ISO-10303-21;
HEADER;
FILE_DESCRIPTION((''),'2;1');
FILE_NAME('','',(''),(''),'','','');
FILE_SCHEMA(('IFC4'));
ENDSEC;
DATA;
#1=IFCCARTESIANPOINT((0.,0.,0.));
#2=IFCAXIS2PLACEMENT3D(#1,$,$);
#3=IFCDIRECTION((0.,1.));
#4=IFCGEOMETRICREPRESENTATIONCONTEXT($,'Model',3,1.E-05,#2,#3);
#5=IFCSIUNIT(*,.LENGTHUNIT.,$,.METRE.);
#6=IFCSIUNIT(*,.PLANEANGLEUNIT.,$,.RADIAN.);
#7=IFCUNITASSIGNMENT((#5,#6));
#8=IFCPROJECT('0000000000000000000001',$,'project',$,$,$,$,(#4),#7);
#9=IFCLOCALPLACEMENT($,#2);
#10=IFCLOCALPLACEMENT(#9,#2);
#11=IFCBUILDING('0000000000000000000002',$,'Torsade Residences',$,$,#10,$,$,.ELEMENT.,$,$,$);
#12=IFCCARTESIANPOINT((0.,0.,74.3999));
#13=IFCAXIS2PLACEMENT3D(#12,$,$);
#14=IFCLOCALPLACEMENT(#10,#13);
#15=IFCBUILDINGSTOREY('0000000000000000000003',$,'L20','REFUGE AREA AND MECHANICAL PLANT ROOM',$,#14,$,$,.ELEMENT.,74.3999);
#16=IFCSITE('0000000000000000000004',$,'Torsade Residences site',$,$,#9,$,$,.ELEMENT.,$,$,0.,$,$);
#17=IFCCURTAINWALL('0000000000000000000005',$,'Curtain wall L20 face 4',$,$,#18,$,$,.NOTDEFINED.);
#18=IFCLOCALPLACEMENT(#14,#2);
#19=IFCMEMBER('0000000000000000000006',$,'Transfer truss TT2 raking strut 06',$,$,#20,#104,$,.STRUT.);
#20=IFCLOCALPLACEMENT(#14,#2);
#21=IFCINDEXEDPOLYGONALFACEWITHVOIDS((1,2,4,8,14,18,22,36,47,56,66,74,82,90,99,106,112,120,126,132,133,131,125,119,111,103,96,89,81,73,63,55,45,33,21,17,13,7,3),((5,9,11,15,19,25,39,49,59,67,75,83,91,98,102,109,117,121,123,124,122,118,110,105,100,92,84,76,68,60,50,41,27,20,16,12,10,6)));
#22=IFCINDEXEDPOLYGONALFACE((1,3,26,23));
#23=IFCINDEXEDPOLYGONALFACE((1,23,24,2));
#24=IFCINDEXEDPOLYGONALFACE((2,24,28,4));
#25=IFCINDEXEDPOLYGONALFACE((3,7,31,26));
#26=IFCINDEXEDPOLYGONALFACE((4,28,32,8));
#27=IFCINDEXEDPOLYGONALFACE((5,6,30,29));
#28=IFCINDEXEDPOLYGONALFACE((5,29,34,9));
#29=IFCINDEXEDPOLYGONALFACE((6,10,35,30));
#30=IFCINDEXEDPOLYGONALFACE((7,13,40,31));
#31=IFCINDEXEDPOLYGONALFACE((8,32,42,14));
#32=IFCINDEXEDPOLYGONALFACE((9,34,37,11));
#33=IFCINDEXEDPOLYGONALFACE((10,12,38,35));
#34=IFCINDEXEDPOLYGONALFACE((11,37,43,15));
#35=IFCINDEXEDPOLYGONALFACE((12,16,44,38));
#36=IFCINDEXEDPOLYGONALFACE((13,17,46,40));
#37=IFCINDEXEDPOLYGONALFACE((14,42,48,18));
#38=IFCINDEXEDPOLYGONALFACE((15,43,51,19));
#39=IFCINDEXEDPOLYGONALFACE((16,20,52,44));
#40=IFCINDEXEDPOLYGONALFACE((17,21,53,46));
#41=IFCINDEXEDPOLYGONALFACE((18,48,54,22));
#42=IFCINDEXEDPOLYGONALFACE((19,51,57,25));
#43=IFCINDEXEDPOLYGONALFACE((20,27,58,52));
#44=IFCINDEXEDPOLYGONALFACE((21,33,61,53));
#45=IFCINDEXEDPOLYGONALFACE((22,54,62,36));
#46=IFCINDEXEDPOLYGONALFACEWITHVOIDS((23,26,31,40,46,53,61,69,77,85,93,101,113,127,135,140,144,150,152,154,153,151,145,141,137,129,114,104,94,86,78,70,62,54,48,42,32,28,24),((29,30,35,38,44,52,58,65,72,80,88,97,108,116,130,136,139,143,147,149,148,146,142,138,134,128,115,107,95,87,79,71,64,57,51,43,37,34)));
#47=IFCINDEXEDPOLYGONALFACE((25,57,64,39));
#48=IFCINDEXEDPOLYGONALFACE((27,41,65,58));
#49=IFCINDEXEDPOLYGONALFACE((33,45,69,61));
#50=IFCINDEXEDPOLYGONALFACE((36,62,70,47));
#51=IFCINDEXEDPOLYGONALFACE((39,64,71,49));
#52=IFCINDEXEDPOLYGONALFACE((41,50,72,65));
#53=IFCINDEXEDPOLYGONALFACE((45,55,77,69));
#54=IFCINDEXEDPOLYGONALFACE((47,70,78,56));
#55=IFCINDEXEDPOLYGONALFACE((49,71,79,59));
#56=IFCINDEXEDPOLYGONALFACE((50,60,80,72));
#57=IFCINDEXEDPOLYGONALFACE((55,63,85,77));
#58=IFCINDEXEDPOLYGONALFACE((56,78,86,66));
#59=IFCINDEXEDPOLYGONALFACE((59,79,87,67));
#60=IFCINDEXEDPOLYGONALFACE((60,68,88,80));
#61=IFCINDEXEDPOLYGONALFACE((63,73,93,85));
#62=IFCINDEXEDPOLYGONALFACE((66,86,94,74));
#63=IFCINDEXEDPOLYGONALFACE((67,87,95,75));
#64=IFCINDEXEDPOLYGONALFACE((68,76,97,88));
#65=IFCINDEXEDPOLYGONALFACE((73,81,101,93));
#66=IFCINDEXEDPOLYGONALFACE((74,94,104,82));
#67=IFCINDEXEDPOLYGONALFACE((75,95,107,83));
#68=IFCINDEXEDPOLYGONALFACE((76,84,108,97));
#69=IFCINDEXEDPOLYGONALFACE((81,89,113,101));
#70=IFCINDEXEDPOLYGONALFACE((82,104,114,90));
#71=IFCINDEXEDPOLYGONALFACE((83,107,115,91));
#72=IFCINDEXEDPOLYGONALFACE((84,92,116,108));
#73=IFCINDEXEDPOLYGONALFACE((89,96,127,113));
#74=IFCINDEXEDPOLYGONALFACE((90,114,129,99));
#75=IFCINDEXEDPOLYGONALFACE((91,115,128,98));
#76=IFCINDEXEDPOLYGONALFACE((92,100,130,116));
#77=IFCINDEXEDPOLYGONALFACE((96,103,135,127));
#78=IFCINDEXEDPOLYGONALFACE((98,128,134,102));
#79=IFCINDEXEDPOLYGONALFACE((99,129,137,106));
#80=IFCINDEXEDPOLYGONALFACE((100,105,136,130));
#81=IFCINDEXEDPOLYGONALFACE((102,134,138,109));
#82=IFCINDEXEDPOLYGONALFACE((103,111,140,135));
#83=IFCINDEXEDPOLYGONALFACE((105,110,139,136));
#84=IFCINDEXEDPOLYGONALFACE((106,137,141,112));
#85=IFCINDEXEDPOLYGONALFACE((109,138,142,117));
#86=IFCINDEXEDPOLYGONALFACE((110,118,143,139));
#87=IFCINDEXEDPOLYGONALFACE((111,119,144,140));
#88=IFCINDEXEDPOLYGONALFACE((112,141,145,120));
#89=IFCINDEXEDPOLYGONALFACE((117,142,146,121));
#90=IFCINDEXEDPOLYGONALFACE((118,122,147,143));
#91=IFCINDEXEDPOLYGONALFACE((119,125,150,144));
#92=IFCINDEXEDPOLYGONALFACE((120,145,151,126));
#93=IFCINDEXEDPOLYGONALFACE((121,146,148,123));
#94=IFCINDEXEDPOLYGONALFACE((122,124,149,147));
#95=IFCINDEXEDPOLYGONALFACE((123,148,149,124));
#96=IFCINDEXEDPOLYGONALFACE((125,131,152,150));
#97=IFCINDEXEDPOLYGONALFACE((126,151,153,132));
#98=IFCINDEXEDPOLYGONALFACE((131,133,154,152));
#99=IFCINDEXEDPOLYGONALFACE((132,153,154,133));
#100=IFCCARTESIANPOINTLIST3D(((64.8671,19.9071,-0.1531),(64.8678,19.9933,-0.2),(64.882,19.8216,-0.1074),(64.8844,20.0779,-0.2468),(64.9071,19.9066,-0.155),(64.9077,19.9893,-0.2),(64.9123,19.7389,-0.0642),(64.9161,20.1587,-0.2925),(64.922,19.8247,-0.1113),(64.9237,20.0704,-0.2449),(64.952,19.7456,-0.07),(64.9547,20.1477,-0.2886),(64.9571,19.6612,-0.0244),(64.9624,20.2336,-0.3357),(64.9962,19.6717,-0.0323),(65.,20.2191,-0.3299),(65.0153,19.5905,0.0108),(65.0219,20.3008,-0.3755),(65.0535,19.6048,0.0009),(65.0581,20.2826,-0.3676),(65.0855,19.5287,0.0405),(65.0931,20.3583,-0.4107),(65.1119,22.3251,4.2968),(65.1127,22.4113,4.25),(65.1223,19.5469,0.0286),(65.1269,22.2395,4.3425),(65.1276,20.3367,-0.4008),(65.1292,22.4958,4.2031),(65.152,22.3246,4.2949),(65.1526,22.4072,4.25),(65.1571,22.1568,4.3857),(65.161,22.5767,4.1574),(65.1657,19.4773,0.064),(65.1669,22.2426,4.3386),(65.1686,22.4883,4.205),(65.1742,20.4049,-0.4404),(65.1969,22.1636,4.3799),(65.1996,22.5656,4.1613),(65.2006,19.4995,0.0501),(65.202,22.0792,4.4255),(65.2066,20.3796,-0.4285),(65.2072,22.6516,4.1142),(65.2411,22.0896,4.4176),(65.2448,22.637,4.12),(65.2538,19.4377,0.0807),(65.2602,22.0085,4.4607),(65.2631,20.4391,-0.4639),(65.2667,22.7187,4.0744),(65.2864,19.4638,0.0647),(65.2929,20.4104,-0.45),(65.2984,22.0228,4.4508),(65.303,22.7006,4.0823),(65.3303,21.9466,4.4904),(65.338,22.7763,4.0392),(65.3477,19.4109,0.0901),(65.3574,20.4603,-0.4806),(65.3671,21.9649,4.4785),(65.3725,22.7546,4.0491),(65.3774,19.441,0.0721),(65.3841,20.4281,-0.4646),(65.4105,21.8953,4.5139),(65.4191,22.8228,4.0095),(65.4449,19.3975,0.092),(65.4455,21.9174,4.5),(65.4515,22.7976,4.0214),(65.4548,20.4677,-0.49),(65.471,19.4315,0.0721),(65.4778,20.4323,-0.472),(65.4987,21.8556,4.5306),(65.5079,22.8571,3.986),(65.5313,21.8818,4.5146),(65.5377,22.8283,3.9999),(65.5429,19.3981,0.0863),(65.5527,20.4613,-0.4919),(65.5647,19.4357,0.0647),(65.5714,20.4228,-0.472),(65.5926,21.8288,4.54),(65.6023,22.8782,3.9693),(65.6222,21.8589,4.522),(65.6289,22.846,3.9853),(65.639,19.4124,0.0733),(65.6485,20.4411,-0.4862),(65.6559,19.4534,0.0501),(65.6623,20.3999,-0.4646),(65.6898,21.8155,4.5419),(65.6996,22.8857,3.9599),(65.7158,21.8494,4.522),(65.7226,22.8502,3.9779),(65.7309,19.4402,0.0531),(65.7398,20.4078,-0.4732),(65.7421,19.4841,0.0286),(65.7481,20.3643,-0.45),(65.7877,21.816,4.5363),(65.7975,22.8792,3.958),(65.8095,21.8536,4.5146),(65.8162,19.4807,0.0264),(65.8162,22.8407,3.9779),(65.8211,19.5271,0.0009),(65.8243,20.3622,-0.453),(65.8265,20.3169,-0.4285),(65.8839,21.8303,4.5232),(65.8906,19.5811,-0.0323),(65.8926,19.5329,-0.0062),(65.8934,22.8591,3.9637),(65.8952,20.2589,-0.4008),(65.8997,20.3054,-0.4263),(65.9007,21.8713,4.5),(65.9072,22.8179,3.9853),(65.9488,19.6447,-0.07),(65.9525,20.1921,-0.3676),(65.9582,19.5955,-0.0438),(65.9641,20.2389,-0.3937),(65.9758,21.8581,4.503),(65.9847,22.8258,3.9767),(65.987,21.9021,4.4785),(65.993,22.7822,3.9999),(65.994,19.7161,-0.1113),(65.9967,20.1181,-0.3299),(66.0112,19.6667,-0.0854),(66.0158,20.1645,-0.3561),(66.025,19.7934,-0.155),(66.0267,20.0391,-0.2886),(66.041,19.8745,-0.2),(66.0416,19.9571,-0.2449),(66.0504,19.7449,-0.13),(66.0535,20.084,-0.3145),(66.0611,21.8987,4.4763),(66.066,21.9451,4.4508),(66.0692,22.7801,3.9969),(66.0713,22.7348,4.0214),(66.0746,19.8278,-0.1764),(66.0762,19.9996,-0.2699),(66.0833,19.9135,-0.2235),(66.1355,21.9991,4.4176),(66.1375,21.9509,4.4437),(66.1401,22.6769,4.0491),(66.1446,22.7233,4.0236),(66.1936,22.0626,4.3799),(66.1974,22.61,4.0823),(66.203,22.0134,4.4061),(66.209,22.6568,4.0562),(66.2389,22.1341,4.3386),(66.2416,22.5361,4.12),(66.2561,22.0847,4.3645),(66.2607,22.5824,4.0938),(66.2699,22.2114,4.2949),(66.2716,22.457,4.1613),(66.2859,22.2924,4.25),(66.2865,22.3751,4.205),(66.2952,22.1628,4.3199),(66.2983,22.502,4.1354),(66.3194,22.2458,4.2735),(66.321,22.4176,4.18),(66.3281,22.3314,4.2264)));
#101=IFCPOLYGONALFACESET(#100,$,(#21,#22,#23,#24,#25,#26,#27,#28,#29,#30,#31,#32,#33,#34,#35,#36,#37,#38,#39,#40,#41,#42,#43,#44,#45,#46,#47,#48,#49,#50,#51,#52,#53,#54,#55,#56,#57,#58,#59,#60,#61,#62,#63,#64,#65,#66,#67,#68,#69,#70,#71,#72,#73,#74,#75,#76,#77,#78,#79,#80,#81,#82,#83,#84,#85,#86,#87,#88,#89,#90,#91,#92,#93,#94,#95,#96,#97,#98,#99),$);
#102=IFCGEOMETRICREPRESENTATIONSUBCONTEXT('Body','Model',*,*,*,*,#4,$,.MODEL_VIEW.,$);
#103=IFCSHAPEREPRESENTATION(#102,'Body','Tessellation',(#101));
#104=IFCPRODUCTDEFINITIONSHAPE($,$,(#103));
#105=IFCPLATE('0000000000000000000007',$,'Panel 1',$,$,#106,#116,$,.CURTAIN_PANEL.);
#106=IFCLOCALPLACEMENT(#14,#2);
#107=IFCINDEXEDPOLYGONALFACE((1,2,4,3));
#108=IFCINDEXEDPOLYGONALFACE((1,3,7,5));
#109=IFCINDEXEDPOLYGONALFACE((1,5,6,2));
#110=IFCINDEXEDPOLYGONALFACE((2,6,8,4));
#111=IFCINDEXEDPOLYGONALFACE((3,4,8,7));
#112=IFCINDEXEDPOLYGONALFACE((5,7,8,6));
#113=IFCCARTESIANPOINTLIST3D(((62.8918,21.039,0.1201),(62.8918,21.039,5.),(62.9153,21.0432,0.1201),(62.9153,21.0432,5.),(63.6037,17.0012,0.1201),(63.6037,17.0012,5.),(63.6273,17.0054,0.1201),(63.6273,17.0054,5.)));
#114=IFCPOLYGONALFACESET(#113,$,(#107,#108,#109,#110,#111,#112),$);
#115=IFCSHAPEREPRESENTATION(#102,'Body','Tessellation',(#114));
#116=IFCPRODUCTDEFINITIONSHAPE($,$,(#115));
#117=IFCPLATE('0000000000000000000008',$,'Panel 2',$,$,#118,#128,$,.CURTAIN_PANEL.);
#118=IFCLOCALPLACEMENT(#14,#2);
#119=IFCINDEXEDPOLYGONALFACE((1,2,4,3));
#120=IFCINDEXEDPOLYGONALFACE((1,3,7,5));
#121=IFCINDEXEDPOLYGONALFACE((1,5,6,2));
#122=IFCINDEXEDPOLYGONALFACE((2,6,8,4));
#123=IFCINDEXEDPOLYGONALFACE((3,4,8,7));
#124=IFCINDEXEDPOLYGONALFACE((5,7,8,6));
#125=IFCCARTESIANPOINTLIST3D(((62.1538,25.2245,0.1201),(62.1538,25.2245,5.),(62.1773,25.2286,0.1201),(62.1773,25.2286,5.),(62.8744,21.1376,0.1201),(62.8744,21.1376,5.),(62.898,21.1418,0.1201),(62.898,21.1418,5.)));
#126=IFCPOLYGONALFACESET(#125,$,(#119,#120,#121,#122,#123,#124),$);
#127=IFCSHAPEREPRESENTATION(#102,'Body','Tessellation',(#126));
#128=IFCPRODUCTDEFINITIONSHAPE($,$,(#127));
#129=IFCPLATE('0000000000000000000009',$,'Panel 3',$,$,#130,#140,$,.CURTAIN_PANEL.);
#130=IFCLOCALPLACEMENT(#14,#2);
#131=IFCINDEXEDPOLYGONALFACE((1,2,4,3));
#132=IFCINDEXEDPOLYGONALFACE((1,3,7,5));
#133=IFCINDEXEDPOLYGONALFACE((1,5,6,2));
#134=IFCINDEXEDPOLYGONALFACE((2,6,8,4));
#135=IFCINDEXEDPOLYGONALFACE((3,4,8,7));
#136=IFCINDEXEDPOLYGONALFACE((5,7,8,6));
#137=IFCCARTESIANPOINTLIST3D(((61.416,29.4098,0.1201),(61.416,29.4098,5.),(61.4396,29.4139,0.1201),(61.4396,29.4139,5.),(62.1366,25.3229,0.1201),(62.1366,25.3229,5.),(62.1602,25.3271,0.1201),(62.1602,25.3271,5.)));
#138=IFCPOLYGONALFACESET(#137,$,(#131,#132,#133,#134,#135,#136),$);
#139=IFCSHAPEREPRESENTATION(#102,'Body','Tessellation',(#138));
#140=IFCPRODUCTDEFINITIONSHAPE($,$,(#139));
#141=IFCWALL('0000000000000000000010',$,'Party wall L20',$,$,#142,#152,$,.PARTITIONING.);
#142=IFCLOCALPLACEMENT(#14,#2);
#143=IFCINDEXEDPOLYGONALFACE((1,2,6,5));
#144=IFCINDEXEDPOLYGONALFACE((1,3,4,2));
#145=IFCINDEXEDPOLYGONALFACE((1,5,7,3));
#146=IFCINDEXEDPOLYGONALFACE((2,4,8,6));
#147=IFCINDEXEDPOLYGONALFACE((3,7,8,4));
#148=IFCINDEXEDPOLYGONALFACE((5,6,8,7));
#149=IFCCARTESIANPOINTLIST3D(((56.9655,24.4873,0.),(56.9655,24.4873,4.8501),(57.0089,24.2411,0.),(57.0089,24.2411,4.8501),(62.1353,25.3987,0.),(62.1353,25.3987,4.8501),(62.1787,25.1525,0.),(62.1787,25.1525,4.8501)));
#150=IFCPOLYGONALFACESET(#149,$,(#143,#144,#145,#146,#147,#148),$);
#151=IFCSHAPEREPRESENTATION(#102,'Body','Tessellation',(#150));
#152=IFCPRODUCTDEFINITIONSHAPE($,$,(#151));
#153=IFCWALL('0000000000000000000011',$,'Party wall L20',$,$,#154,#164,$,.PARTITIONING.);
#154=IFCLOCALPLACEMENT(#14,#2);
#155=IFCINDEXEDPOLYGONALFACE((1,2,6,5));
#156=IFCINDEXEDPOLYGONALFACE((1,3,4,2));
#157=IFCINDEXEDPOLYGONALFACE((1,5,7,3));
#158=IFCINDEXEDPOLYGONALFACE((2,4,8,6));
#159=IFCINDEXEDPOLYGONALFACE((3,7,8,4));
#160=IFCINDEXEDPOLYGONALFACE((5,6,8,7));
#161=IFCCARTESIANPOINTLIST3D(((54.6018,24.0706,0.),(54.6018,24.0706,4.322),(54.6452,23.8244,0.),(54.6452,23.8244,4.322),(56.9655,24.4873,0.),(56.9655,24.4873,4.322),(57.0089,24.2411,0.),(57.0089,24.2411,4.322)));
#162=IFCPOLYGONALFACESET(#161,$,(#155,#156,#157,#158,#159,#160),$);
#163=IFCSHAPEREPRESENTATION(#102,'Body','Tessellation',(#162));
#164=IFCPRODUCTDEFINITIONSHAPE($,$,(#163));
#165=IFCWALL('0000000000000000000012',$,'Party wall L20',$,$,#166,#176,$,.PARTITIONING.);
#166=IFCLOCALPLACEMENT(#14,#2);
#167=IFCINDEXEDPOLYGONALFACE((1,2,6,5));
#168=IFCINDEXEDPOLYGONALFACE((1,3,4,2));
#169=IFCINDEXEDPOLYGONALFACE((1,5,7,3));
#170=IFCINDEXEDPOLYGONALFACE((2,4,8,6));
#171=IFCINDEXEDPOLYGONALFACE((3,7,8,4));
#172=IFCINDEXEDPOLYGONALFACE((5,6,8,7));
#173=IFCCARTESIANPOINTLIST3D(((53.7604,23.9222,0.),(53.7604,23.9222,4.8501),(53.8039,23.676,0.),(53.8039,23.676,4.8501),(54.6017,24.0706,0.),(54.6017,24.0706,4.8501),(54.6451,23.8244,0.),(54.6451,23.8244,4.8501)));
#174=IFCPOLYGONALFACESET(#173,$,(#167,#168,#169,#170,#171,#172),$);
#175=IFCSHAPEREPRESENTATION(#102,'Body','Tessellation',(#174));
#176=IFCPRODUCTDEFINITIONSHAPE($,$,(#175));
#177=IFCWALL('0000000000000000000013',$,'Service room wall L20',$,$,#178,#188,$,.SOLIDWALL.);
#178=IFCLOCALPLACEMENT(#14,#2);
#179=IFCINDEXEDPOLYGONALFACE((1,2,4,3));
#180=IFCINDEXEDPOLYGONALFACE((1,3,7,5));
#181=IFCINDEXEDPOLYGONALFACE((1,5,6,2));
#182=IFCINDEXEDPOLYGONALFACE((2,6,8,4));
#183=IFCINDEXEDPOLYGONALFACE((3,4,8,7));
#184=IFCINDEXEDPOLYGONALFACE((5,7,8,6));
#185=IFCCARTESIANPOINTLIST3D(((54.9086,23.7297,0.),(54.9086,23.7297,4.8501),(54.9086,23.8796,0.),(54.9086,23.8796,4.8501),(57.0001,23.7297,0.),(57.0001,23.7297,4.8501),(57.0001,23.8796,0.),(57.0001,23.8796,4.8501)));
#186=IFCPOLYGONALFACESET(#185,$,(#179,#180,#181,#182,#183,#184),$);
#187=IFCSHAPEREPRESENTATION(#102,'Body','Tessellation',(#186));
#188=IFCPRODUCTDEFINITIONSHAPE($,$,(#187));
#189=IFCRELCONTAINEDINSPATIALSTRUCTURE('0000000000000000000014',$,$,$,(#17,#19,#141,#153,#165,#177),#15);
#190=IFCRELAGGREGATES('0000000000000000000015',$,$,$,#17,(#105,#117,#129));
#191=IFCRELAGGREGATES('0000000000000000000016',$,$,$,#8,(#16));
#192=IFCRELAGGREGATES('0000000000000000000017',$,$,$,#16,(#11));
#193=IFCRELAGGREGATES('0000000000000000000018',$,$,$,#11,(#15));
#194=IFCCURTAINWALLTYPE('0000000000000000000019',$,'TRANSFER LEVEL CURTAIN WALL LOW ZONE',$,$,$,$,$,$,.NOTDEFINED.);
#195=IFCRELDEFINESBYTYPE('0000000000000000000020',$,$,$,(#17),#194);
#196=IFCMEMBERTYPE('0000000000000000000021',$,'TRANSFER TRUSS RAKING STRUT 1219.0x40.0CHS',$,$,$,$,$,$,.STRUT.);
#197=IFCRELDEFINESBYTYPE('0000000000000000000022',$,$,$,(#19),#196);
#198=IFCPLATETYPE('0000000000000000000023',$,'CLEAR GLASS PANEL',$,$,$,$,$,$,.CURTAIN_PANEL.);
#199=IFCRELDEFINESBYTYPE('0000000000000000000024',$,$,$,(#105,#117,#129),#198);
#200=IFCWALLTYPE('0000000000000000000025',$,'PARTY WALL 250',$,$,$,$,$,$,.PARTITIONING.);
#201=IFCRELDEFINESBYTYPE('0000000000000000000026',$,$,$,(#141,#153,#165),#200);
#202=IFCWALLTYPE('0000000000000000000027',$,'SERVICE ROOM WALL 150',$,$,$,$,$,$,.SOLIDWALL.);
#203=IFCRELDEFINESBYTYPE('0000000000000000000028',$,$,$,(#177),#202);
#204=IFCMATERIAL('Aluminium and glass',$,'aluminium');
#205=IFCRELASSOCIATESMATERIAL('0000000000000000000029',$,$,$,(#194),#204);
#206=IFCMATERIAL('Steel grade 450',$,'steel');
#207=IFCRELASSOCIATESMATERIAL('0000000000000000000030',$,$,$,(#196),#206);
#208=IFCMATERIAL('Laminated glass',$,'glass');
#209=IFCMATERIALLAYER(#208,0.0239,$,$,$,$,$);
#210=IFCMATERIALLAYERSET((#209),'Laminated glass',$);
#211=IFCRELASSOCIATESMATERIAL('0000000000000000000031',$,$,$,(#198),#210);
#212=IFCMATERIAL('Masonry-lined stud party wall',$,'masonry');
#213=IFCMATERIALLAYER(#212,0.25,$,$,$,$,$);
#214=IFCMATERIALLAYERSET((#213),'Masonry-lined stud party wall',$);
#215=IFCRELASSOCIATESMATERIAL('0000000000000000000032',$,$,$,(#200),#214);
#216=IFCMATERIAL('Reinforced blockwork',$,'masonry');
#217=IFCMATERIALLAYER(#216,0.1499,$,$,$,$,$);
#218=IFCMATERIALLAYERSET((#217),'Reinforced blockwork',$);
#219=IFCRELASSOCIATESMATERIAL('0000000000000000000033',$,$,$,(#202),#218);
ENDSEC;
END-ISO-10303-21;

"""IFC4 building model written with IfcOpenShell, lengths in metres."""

from ifc_helpers import new_model, si_unit, direction, frame, frame_2d, origin, origin_2d, place, context, subcontext, project, spatial, rectangle, hollow_circle, extrude, material, layer, layer_set, material_profile, profile_set, type_object, element, aggregate, save


model = new_model("IFC4")

# Units and contexts
model_context = context("Model", 3, precision=1e-05, world=origin(), true_north=direction((0.0, 1.0)))
body_context = subcontext(model_context, "Body", "Model", "MODEL_VIEW")
ifc_project = project(units=[si_unit("LENGTHUNIT", "METRE"), si_unit("PLANEANGLEUNIT", "RADIAN")], contexts=[model_context])

# Site, building, storey
site_placement = place(None, origin())
site = spatial("IfcSite", under=ifc_project, at=site_placement, Name="Torsade Residences site", CompositionType="ELEMENT", RefElevation=0.0)
building_placement = place(site_placement, origin())
building = spatial("IfcBuilding", under=site, at=building_placement, Name="Torsade Residences", CompositionType="ELEMENT")
storey_placement = place(building_placement, frame((0.0, 0.0, 74.3999)))
storey = spatial("IfcBuildingStorey", under=building, at=storey_placement, Name="L20", Description="REFUGE AREA AND MECHANICAL PLANT ROOM", CompositionType="ELEMENT", Elevation=74.3999)

# Shared definitions
ifc_material_1 = material(Name="Aluminium and glass", Category="aluminium")
curtain_wall_type = type_object("IfcCurtainWallType", Name="TRANSFER LEVEL CURTAIN WALL LOW ZONE", PredefinedType="NOTDEFINED", material=ifc_material_1)

# Curtain wall
curtain_wall_1_placement = place(storey_placement, origin())
curtain_wall_1 = element("IfcCurtainWall", 1, at=curtain_wall_1_placement, inside=storey, type_object=curtain_wall_type, Name="Curtain wall L20 face 4", PredefinedType="NOTDEFINED")

# Member
ifc_material_2 = material(Name="Steel grade 450", Category="steel")
ifc_material_profile_1 = material_profile(ifc_material_2, hollow_circle(Radius=0.6096, WallThickness=0.04, at=origin_2d()), Name="1219.0x40.0CHS")
ifc_profile_set_1 = profile_set([ifc_material_profile_1], Name="Steel grade 450")
member_type_1 = type_object("IfcMemberType", Name="TRANSFER TRUSS RAKING STRUT 1219.0x40.0CHS", PredefinedType="STRUT", material=ifc_profile_set_1)
member_1_placement = place(storey_placement, frame((65.4744, 19.9319, -0.2), z_axis=(0.048295, 0.476883, 0.877639), x_axis=(-0.994911, 0.100757, 0.0)))
element("IfcMember", 2, at=member_1_placement, inside=storey, type_object=member_type_1, Name="Transfer truss TT2 raking strut 06", PredefinedType="STRUT", context=body_context, shape_type="SweptSolid", body=[
    extrude(hollow_circle(Radius=0.6096, WallThickness=0.04, at=origin_2d()), origin(), (0.0, 0.0, 1.0), 5.0703),
])

# Plates
ifc_material_3 = material(Name="Laminated glass", Category="glass")
ifc_layer_1 = layer(ifc_material_3, 0.0239)
ifc_layer_set_1 = layer_set([ifc_layer_1], Name="Laminated glass")
plate_type = type_object("IfcPlateType", Name="CLEAR GLASS PANEL", PredefinedType="CURTAIN_PANEL", material=ifc_layer_set_1)
plate_1_placement = place(storey_placement, frame((63.2595, 19.0222, 0.1201), z_axis=(0.0, 0.0, 1.0), x_axis=(-0.173648, 0.984808, 0.0)))
plate_1 = element("IfcPlate", 3, at=plate_1_placement, type_object=plate_type, Name="Panel 1", PredefinedType="CURTAIN_PANEL", context=body_context, shape_type="SweptSolid", body=[
    extrude(rectangle(XDim=4.1001, YDim=0.0239, at=origin_2d()), origin(), (0.0, 0.0, 1.0), 4.8799),
])
plate_2_placement = place(storey_placement, frame((62.5259, 23.1831, 0.1201), z_axis=(0.0, 0.0, 1.0), x_axis=(-0.173648, 0.984808, 0.0)))
plate_2 = element("IfcPlate", 4, at=plate_2_placement, type_object=plate_type, Name="Panel 2", PredefinedType="CURTAIN_PANEL", context=body_context, shape_type="SweptSolid", body=[
    extrude(rectangle(XDim=4.1499, YDim=0.0239, at=origin_2d()), origin(), (0.0, 0.0, 1.0), 4.8799),
])
plate_3_placement = place(storey_placement, frame((61.7881, 27.3684, 0.1201), z_axis=(0.0, 0.0, 1.0), x_axis=(-0.173648, 0.984808, 0.0)))
plate_3 = element("IfcPlate", 5, at=plate_3_placement, type_object=plate_type, Name="Panel 3", PredefinedType="CURTAIN_PANEL", context=body_context, shape_type="SweptSolid", body=[
    extrude(rectangle(XDim=4.1499, YDim=0.0239, at=origin_2d()), origin(), (0.0, 0.0, 1.0), 4.8799),
])
aggregate(curtain_wall_1, [plate_1, plate_2, plate_3])

# Walls
ifc_material_4 = material(Name="Masonry-lined stud party wall", Category="masonry")
ifc_layer_2 = layer(ifc_material_4, 0.25)
ifc_layer_set_2 = layer_set([ifc_layer_2], Name="Masonry-lined stud party wall")
wall_type_1 = type_object("IfcWallType", Name="PARTY WALL 250", PredefinedType="PARTITIONING", material=ifc_layer_set_2)
wall_1_placement = place(storey_placement, frame((62.157, 25.2756, 0.0), z_axis=(0.0, 0.0, 1.0), x_axis=(-0.984814, -0.173616, 0.0)))
element("IfcWall", 6, at=wall_1_placement, inside=storey, type_object=wall_type_1, Name="Party wall L20", PredefinedType="PARTITIONING", context=body_context, shape_type="SweptSolid", body=[
    extrude(rectangle(XDim=5.2495, YDim=0.25, at=frame_2d((2.6248, 0.0))), origin(), (0.0, 0.0, 1.0), 4.8501),
])
wall_2_placement = place(storey_placement, frame((56.9873, 24.3643, 0.0), z_axis=(0.0, 0.0, 1.0), x_axis=(-0.984811, -0.173629, 0.0)))
element("IfcWall", 7, at=wall_2_placement, inside=storey, type_object=wall_type_1, Name="Party wall L20", PredefinedType="PARTITIONING", context=body_context, shape_type="SweptSolid", body=[
    extrude(rectangle(XDim=2.4001, YDim=0.25, at=frame_2d((1.2002, 0.0))), origin(), (0.0, 0.0, 1.0), 4.322),
])
wall_3_placement = place(storey_placement, frame((54.6235, 23.9475, 0.0), z_axis=(0.0, 0.0, 1.0), x_axis=(-0.984789, -0.173753, 0.0)))
element("IfcWall", 8, at=wall_3_placement, inside=storey, type_object=wall_type_1, Name="Party wall L20", PredefinedType="PARTITIONING", context=body_context, shape_type="SweptSolid", body=[
    extrude(rectangle(XDim=0.8542, YDim=0.25, at=frame_2d((0.4272, 0.0))), origin(), (0.0, 0.0, 1.0), 4.8501),
])
ifc_material_5 = material(Name="Reinforced blockwork", Category="masonry")
ifc_layer_3 = layer(ifc_material_5, 0.1499)
ifc_layer_set_3 = layer_set([ifc_layer_3], Name="Reinforced blockwork")
wall_type_2 = type_object("IfcWallType", Name="SERVICE ROOM WALL 150", PredefinedType="SOLIDWALL", material=ifc_layer_set_3)
wall_4_placement = place(storey_placement, frame((54.9084, 23.8047, 0.0), z_axis=(0.0, 0.0, 1.0), x_axis=(1.0, 0.0, 0.0)))
element("IfcWall", 9, at=wall_4_placement, inside=storey, type_object=wall_type_2, Name="Service room wall L20", PredefinedType="SOLIDWALL", context=body_context, shape_type="SweptSolid", body=[
    extrude(rectangle(XDim=2.0916, YDim=0.1499, at=frame_2d((1.0459, 0.0))), origin(), (0.0, 0.0, 1.0), 4.8501),
])

save(model, "model.ifc")
